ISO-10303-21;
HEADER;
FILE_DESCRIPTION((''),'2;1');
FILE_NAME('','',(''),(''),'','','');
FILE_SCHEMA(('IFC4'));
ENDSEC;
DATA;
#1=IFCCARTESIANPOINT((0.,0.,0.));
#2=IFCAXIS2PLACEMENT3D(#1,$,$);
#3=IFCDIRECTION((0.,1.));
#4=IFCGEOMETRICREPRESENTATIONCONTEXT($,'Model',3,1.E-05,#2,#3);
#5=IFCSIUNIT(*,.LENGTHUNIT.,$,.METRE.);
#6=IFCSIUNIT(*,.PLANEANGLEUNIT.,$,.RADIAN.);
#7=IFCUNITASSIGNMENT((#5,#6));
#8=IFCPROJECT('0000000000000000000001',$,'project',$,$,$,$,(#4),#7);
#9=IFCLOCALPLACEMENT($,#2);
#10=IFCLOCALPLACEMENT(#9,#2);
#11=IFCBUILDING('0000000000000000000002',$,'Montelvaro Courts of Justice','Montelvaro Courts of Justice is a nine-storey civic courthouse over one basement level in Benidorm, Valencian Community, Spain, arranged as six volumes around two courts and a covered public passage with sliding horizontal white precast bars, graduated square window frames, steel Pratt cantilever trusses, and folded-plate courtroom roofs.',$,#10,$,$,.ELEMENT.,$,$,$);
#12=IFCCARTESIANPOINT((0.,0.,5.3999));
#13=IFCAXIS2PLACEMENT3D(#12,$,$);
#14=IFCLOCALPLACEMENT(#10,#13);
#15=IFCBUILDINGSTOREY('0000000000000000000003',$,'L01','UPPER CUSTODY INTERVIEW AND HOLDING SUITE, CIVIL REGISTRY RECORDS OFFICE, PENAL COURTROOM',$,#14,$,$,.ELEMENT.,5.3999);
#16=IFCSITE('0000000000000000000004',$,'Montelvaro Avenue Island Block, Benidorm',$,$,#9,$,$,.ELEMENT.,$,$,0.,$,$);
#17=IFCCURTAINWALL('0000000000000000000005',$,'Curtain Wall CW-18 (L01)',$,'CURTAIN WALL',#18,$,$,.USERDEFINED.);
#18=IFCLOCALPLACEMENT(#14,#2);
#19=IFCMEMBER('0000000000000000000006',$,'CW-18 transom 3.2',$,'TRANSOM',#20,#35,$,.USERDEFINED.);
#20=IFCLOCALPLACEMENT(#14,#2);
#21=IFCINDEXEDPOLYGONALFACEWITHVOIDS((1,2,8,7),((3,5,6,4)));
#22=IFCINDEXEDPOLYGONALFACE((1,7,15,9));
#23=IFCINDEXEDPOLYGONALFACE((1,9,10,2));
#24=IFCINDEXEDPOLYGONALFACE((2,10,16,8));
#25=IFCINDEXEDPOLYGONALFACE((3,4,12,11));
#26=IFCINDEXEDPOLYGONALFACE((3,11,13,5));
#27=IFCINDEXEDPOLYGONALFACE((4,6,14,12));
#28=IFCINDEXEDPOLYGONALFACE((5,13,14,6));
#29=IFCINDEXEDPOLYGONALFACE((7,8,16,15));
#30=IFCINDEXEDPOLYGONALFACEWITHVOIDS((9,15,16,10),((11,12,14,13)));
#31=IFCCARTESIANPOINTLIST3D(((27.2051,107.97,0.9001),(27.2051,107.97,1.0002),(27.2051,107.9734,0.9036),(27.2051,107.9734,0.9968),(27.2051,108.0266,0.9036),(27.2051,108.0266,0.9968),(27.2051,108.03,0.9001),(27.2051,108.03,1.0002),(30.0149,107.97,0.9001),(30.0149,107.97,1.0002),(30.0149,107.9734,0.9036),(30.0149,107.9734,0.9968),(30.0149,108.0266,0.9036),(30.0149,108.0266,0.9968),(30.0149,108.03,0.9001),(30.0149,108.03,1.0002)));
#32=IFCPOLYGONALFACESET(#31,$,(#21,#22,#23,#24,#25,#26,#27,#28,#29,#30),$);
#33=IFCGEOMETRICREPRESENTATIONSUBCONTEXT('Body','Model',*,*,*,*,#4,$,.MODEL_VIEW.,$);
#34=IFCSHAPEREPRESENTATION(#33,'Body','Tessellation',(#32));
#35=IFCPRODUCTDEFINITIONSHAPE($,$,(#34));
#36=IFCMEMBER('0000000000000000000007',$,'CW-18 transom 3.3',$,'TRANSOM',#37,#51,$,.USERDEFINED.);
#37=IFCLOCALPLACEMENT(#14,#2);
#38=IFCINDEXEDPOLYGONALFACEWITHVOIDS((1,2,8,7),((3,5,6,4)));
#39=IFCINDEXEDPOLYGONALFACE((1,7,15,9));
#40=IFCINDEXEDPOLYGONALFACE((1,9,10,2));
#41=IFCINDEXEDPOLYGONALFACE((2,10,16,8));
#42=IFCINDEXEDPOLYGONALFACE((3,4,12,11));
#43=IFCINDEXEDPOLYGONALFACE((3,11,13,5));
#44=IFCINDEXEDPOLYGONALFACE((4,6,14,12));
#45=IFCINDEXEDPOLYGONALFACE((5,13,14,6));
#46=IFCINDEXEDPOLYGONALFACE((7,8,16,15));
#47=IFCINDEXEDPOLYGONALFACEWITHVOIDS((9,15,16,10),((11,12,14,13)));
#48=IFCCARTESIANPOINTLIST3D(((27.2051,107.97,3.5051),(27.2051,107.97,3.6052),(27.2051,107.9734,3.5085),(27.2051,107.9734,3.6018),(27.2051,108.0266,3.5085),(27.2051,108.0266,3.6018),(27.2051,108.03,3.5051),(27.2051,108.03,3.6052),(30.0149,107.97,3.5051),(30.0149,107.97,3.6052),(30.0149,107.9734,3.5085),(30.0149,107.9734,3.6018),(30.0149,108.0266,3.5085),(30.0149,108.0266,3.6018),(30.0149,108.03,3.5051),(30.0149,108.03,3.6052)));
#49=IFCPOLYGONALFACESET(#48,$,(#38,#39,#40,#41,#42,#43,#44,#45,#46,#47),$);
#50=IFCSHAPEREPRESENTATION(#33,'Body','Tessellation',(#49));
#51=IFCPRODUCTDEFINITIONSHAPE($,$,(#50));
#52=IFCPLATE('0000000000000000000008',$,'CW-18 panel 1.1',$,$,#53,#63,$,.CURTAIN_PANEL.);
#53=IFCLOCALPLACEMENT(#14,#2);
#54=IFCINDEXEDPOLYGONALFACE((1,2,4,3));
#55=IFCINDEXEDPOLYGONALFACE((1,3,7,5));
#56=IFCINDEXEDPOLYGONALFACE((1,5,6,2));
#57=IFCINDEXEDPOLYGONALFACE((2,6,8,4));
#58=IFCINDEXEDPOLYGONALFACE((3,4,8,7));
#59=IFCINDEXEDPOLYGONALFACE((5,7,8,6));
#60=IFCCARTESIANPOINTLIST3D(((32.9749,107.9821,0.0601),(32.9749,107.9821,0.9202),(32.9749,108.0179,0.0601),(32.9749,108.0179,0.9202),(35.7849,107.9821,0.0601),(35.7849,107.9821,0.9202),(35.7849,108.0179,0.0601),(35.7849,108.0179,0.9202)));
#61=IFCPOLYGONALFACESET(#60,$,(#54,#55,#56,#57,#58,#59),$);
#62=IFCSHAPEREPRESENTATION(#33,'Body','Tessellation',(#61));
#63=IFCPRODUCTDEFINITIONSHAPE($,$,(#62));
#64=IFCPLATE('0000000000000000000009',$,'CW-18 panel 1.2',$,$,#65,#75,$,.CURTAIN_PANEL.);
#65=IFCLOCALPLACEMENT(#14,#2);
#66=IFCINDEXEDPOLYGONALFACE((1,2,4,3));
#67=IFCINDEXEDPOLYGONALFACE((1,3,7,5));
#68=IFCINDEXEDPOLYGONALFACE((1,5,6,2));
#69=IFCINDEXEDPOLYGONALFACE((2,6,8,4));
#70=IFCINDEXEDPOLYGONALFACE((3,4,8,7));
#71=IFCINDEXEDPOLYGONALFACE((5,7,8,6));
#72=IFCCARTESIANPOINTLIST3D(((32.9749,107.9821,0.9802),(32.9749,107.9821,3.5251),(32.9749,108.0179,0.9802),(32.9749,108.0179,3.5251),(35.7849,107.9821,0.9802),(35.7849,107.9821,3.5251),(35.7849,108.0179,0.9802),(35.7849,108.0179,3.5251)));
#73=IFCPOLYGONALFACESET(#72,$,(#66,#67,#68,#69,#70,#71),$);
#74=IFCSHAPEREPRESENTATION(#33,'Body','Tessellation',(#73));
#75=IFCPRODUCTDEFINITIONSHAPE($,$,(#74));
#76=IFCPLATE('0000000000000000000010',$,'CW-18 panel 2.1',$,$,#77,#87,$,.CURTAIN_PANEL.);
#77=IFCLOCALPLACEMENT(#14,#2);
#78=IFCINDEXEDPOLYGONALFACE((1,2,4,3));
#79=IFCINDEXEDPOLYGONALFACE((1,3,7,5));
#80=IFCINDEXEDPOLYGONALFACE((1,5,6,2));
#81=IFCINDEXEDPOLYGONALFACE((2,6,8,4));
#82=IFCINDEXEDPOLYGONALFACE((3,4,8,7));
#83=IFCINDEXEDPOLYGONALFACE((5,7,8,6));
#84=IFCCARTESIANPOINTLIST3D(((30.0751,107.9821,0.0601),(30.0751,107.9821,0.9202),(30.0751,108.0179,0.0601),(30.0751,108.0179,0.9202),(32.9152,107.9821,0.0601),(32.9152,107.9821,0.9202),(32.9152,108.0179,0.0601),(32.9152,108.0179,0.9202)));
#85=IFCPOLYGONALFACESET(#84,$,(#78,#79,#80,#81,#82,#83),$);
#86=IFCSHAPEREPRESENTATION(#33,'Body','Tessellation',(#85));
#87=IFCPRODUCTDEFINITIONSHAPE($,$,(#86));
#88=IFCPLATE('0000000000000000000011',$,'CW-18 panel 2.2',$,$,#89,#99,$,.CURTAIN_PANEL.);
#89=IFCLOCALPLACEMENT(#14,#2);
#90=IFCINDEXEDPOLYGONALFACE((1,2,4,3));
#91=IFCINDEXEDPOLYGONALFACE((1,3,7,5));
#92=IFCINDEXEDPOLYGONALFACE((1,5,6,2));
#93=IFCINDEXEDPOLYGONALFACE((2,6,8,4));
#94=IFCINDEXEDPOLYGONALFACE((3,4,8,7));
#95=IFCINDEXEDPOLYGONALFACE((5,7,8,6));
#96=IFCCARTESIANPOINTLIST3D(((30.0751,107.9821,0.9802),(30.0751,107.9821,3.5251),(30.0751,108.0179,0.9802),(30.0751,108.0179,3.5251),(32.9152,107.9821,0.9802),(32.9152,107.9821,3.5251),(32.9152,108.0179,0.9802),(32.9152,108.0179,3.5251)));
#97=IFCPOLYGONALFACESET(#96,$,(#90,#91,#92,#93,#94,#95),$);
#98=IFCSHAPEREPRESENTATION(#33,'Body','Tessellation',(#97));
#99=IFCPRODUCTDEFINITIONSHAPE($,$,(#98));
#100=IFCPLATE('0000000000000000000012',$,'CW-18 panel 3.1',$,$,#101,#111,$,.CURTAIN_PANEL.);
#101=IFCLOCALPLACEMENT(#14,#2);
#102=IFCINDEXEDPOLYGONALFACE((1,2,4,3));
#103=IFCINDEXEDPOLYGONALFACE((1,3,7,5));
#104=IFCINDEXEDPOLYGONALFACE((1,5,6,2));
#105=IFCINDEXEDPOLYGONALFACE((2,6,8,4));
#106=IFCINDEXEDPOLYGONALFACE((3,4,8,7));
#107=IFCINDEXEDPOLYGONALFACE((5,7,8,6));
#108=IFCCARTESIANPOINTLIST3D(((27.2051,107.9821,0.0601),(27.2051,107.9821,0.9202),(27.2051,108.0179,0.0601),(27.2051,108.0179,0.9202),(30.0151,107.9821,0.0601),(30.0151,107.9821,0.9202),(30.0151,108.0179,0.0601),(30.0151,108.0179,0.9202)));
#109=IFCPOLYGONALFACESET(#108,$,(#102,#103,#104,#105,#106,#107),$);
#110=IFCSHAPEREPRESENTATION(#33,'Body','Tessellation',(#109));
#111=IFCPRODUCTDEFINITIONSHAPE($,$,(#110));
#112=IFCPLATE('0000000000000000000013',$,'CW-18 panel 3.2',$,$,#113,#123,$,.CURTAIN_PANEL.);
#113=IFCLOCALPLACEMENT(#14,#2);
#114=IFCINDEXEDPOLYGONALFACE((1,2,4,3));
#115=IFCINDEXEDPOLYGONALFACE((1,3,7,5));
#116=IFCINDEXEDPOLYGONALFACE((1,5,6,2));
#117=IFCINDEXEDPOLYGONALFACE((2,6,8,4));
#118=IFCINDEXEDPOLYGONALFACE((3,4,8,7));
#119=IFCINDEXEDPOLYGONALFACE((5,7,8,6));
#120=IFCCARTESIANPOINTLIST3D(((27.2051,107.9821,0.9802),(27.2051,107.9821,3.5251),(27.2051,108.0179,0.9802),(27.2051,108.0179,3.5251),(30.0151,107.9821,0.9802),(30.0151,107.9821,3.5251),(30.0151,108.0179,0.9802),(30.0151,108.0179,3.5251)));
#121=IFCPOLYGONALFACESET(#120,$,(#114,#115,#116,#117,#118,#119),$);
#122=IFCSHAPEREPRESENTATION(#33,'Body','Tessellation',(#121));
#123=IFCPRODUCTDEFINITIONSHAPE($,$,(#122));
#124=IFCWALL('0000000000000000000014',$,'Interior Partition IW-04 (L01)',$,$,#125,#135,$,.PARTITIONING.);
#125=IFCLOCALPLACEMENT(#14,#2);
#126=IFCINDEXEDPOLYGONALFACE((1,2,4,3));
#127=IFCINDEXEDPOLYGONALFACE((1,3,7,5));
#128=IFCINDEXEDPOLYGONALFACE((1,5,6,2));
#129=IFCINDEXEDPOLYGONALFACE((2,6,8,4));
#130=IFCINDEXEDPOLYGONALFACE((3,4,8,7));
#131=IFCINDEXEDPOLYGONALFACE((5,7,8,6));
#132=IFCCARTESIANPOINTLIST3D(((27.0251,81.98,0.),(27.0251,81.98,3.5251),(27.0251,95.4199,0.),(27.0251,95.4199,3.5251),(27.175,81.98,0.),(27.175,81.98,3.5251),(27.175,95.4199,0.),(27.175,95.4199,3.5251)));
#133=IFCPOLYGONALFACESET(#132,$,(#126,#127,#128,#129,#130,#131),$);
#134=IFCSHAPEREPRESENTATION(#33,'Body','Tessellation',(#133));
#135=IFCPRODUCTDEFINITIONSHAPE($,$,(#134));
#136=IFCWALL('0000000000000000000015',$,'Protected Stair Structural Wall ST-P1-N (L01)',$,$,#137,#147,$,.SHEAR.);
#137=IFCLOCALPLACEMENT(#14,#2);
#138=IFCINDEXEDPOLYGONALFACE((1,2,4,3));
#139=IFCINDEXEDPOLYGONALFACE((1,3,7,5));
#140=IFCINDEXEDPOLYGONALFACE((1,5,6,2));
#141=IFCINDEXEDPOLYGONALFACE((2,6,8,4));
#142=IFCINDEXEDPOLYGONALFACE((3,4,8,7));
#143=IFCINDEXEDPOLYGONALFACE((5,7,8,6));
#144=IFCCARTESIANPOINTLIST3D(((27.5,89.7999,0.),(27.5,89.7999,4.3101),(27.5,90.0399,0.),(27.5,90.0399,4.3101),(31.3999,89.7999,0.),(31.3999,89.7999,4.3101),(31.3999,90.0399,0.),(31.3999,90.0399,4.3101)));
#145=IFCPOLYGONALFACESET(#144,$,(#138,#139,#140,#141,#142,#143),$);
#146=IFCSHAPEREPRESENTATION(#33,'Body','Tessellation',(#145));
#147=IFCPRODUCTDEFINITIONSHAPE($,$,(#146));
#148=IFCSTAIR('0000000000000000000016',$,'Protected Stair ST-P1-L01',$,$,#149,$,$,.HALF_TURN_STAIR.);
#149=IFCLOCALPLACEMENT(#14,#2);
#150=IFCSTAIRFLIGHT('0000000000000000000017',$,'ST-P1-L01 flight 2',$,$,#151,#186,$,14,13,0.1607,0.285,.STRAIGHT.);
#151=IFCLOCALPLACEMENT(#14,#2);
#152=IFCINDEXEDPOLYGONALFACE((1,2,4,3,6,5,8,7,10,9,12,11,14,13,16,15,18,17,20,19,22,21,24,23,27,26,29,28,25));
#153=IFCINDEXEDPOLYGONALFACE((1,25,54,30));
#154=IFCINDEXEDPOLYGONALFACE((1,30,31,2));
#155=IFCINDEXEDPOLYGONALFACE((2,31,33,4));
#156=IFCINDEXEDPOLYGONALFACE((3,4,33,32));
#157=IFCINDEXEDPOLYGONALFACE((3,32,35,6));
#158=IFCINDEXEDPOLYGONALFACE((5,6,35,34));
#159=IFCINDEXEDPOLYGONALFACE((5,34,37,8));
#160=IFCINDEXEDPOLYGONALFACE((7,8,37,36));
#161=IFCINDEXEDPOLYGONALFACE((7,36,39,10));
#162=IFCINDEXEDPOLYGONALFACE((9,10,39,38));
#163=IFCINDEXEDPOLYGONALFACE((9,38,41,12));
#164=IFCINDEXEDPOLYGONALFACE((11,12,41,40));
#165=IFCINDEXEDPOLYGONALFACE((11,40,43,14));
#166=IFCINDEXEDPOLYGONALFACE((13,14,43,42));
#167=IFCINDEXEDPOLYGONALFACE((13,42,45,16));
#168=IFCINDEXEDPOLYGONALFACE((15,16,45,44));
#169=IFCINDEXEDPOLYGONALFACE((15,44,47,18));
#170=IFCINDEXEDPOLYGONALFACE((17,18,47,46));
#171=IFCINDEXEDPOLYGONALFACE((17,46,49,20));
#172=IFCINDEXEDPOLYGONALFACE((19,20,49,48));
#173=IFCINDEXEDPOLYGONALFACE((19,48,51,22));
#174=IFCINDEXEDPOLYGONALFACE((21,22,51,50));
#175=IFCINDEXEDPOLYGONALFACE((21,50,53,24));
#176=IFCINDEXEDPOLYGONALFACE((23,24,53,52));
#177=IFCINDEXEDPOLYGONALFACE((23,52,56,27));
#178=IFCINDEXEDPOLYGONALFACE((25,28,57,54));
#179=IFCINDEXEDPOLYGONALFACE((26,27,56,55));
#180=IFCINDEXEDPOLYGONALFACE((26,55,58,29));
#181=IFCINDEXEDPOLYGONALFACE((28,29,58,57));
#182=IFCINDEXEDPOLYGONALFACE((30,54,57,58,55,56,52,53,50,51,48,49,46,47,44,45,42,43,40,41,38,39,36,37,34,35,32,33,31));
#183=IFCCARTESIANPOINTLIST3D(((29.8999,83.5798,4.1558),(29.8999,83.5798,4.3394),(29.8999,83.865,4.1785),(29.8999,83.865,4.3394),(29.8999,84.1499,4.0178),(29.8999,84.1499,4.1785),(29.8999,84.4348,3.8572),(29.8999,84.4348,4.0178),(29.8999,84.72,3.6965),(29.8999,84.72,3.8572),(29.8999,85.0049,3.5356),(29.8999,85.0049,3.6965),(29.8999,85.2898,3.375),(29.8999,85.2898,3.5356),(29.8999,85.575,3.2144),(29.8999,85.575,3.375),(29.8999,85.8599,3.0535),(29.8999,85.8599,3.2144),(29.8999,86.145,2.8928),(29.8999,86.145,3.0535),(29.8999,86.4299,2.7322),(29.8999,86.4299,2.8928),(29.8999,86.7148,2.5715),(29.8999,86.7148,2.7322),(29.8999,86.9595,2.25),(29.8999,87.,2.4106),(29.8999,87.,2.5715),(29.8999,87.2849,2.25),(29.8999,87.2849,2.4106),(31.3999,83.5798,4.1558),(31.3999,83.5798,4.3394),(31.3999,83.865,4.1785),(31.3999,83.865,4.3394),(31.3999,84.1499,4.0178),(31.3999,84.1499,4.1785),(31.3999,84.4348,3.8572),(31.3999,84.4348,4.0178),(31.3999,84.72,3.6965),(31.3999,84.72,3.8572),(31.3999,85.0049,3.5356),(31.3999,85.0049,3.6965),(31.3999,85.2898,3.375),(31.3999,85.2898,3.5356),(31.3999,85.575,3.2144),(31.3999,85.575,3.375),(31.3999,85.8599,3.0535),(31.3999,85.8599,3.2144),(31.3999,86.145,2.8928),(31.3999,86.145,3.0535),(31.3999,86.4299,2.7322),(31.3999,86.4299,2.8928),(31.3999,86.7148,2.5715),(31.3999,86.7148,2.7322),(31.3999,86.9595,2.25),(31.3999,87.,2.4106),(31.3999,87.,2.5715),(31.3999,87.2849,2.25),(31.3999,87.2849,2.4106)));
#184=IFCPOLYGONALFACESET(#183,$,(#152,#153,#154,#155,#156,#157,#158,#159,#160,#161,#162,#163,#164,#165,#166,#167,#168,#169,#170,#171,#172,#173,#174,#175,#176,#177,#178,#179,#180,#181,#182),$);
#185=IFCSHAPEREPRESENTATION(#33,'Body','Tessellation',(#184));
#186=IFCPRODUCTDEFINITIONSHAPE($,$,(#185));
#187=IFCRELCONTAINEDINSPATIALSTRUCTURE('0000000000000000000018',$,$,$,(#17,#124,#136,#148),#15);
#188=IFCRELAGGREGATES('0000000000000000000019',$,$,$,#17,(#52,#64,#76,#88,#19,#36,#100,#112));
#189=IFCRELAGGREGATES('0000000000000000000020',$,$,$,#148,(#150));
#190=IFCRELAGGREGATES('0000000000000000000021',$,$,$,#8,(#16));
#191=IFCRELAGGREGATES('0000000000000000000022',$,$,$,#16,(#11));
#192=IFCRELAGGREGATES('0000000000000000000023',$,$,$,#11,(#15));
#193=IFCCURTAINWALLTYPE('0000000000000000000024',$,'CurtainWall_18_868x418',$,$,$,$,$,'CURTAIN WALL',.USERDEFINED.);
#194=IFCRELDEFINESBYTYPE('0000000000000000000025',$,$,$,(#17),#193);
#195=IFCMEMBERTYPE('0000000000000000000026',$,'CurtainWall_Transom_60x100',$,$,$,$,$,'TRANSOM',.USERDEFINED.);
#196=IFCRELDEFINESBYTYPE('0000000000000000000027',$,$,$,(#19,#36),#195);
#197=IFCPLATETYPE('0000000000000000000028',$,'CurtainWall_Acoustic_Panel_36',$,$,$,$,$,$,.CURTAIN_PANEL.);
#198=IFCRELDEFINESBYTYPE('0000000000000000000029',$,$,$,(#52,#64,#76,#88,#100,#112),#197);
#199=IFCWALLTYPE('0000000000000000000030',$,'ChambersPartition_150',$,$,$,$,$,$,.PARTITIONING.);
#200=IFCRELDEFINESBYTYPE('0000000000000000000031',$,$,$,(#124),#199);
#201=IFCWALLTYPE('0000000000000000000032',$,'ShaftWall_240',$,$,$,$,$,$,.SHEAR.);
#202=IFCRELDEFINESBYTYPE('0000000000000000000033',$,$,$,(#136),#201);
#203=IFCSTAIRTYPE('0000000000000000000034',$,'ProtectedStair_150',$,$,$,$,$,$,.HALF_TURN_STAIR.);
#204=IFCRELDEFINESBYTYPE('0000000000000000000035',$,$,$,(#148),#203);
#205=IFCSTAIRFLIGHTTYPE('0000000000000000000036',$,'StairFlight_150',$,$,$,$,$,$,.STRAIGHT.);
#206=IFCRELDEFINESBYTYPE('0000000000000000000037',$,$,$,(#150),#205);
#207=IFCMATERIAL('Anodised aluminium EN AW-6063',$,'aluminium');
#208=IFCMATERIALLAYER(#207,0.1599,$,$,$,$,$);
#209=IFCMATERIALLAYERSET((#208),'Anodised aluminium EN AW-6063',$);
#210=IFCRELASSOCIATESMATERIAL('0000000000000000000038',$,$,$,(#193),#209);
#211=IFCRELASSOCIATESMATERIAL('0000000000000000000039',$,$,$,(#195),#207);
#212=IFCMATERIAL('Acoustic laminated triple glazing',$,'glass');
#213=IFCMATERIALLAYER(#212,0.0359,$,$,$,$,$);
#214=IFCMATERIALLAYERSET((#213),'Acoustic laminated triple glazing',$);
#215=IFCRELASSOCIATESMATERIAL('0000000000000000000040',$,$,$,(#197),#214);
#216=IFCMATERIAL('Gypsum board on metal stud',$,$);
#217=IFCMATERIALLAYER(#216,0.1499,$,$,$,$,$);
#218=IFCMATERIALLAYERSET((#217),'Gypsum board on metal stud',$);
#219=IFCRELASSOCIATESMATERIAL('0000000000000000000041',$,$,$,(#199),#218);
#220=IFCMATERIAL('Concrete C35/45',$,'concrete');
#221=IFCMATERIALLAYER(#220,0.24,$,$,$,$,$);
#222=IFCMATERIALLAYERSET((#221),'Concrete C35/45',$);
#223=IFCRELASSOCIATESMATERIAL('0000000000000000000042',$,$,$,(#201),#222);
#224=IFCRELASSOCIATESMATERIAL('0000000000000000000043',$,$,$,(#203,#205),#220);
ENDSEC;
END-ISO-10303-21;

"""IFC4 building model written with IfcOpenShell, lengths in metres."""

from ifc_helpers import new_model, si_unit, direction, frame, frame_2d, origin, origin_2d, place, context, subcontext, project, spatial, polyline, rectangle, hollow_rectangle, outline, extrude, material, layer, layer_set, material_profile, profile_set, type_object, element, aggregate, save


model = new_model("IFC4")

# Units and contexts
model_context = context("Model", 3, precision=1e-05, world=origin(), true_north=direction((0.0, 1.0)))
body_context = subcontext(model_context, "Body", "Model", "MODEL_VIEW")
ifc_project = project(units=[si_unit("LENGTHUNIT", "METRE"), si_unit("PLANEANGLEUNIT", "RADIAN")], contexts=[model_context])

# Site, building, storey
site_placement = place(None, origin())
site = spatial("IfcSite", under=ifc_project, at=site_placement, Name="Montelvaro Avenue Island Block, Benidorm", CompositionType="ELEMENT", RefElevation=0.0)
building_placement = place(site_placement, origin())
building = spatial("IfcBuilding", under=site, at=building_placement, Name="Montelvaro Courts of Justice", Description="Montelvaro Courts of Justice is a nine-storey civic courthouse over one basement level in Benidorm, Valencian Community, Spain, arranged as six volumes around two courts and a covered public passage with sliding horizontal white precast bars, graduated square window frames, steel Pratt cantilever trusses, and folded-plate courtroom roofs.", CompositionType="ELEMENT")
storey_placement = place(building_placement, frame((0.0, 0.0, 5.3999)))
storey = spatial("IfcBuildingStorey", under=building, at=storey_placement, Name="L01", Description="UPPER CUSTODY INTERVIEW AND HOLDING SUITE, CIVIL REGISTRY RECORDS OFFICE, PENAL COURTROOM", CompositionType="ELEMENT", Elevation=5.3999)

# Shared definitions
ifc_material_1 = material(Name="Anodised aluminium EN AW-6063", Category="aluminium")
ifc_layer_1 = layer(ifc_material_1, 0.1599)
ifc_layer_set_1 = layer_set([ifc_layer_1], Name="Anodised aluminium EN AW-6063")
curtain_wall_type = type_object("IfcCurtainWallType", Name="CurtainWall_18_868x418", ElementType="CURTAIN WALL", PredefinedType="USERDEFINED", material=ifc_layer_set_1)

# Curtain wall, members, plates
curtain_wall_1_placement = place(storey_placement, origin())
curtain_wall_1 = element("IfcCurtainWall", 1, at=curtain_wall_1_placement, inside=storey, type_object=curtain_wall_type, Name="Curtain Wall CW-18 (L01)", ObjectType="CURTAIN WALL", PredefinedType="USERDEFINED")
ifc_material_profile_1 = material_profile(ifc_material_1, hollow_rectangle(XDim=0.0601, YDim=0.1001, WallThickness=0.0034, at=origin_2d()), Name="ALU-T 60x100")
ifc_profile_set_1 = profile_set([ifc_material_profile_1], Name="Anodised aluminium EN AW-6063")
member_type_1 = type_object("IfcMemberType", Name="CurtainWall_Transom_60x100", ElementType="TRANSOM", PredefinedType="USERDEFINED", material=ifc_profile_set_1)
member_1_placement = place(storey_placement, frame((30.0149, 108.0, 0.9502), z_axis=(-1.0, 0.0, 0.0), x_axis=(0.0, -1.0, 0.0)))
member_1 = element("IfcMember", 2, at=member_1_placement, type_object=member_type_1, Name="CW-18 transom 3.2", ObjectType="TRANSOM", PredefinedType="USERDEFINED", context=body_context, shape_type="SweptSolid", body=[
    extrude(hollow_rectangle(XDim=0.0601, YDim=0.1001, WallThickness=0.0034, at=origin_2d()), origin(), (0.0, 0.0, 1.0), 2.8098),
])
member_2_placement = place(storey_placement, frame((30.0149, 108.0, 3.5552), z_axis=(-1.0, 0.0, 0.0), x_axis=(0.0, -1.0, 0.0)))
member_2 = element("IfcMember", 3, at=member_2_placement, type_object=member_type_1, Name="CW-18 transom 3.3", ObjectType="TRANSOM", PredefinedType="USERDEFINED", context=body_context, shape_type="SweptSolid", body=[
    extrude(hollow_rectangle(XDim=0.0601, YDim=0.1001, WallThickness=0.0034, at=origin_2d()), origin(), (0.0, 0.0, 1.0), 2.8098),
])
ifc_material_2 = material(Name="Acoustic laminated triple glazing", Category="glass")
ifc_layer_2 = layer(ifc_material_2, 0.0359)
ifc_layer_set_2 = layer_set([ifc_layer_2], Name="Acoustic laminated triple glazing")
plate_type = type_object("IfcPlateType", Name="CurtainWall_Acoustic_Panel_36", PredefinedType="CURTAIN_PANEL", material=ifc_layer_set_2)
plate_1_placement = place(storey_placement, frame((34.3799, 108.0, 0.0601), z_axis=(0.0, 0.0, 1.0), x_axis=(-1.0, 0.0, 0.0)))
plate_1 = element("IfcPlate", 4, at=plate_1_placement, type_object=plate_type, Name="CW-18 panel 1.1", PredefinedType="CURTAIN_PANEL", context=body_context, shape_type="SweptSolid", body=[
    extrude(rectangle(XDim=2.8101, YDim=0.0359, at=origin_2d()), origin(), (0.0, 0.0, 1.0), 0.8601),
])
plate_2_placement = place(storey_placement, frame((34.3799, 108.0, 0.9802), z_axis=(0.0, 0.0, 1.0), x_axis=(-1.0, 0.0, 0.0)))
plate_2 = element("IfcPlate", 5, at=plate_2_placement, type_object=plate_type, Name="CW-18 panel 1.2", PredefinedType="CURTAIN_PANEL", context=body_context, shape_type="SweptSolid", body=[
    extrude(rectangle(XDim=2.8101, YDim=0.0359, at=origin_2d()), origin(), (0.0, 0.0, 1.0), 2.5449),
])
plate_3_placement = place(storey_placement, frame((31.4951, 108.0, 0.0601), z_axis=(0.0, 0.0, 1.0), x_axis=(-1.0, 0.0, 0.0)))
plate_3 = element("IfcPlate", 6, at=plate_3_placement, type_object=plate_type, Name="CW-18 panel 2.1", PredefinedType="CURTAIN_PANEL", context=body_context, shape_type="SweptSolid", body=[
    extrude(rectangle(XDim=2.8401, YDim=0.0359, at=origin_2d()), origin(), (0.0, 0.0, 1.0), 0.8601),
])
plate_4_placement = place(storey_placement, frame((31.4951, 108.0, 0.9802), z_axis=(0.0, 0.0, 1.0), x_axis=(-1.0, 0.0, 0.0)))
plate_4 = element("IfcPlate", 7, at=plate_4_placement, type_object=plate_type, Name="CW-18 panel 2.2", PredefinedType="CURTAIN_PANEL", context=body_context, shape_type="SweptSolid", body=[
    extrude(rectangle(XDim=2.8401, YDim=0.0359, at=origin_2d()), origin(), (0.0, 0.0, 1.0), 2.5449),
])
plate_5_placement = place(storey_placement, frame((28.6101, 108.0, 0.0601), z_axis=(0.0, 0.0, 1.0), x_axis=(-1.0, 0.0, 0.0)))
plate_5 = element("IfcPlate", 8, at=plate_5_placement, type_object=plate_type, Name="CW-18 panel 3.1", PredefinedType="CURTAIN_PANEL", context=body_context, shape_type="SweptSolid", body=[
    extrude(rectangle(XDim=2.8101, YDim=0.0359, at=origin_2d()), origin(), (0.0, 0.0, 1.0), 0.8601),
])
plate_6_placement = place(storey_placement, frame((28.6101, 108.0, 0.9802), z_axis=(0.0, 0.0, 1.0), x_axis=(-1.0, 0.0, 0.0)))
plate_6 = element("IfcPlate", 9, at=plate_6_placement, type_object=plate_type, Name="CW-18 panel 3.2", PredefinedType="CURTAIN_PANEL", context=body_context, shape_type="SweptSolid", body=[
    extrude(rectangle(XDim=2.8101, YDim=0.0359, at=origin_2d()), origin(), (0.0, 0.0, 1.0), 2.5449),
])
aggregate(curtain_wall_1, [plate_1, plate_2, plate_3, plate_4, member_1, member_2, plate_5, plate_6])

# Walls
ifc_material_3 = material(Name="Gypsum board on metal stud")
ifc_layer_3 = layer(ifc_material_3, 0.1499)
ifc_layer_set_3 = layer_set([ifc_layer_3], Name="Gypsum board on metal stud")
wall_type_1 = type_object("IfcWallType", Name="ChambersPartition_150", PredefinedType="PARTITIONING", material=ifc_layer_set_3)
wall_1_placement = place(storey_placement, frame((27.1001, 95.4199, 0.0), z_axis=(0.0, 0.0, 1.0), x_axis=(0.0, -1.0, 0.0)))
element("IfcWall", 10, at=wall_1_placement, inside=storey, type_object=wall_type_1, Name="Interior Partition IW-04 (L01)", PredefinedType="PARTITIONING", context=body_context, shape_type="SweptSolid", body=[
    extrude(rectangle(XDim=13.4399, YDim=0.1499, at=frame_2d((6.72, 0.0))), origin(), (0.0, 0.0, 1.0), 3.5251),
])
ifc_material_4 = material(Name="Concrete C35/45", Category="concrete")
ifc_layer_4 = layer(ifc_material_4, 0.24)
ifc_layer_set_4 = layer_set([ifc_layer_4], Name="Concrete C35/45")
wall_type_2 = type_object("IfcWallType", Name="ShaftWall_240", PredefinedType="SHEAR", material=ifc_layer_set_4)
wall_2_placement = place(storey_placement, frame((27.5, 89.9199, 0.0), z_axis=(0.0, 0.0, 1.0), x_axis=(1.0, 0.0, 0.0)))
element("IfcWall", 11, at=wall_2_placement, inside=storey, type_object=wall_type_2, Name="Protected Stair Structural Wall ST-P1-N (L01)", PredefinedType="SHEAR", context=body_context, shape_type="SweptSolid", body=[
    extrude(rectangle(XDim=3.8999, YDim=0.24, at=frame_2d((1.95, 0.0))), origin(), (0.0, 0.0, 1.0), 4.3101),
])

# Stair, stair flight
stair_type = type_object("IfcStairType", Name="ProtectedStair_150", PredefinedType="HALF_TURN_STAIR", material=ifc_material_4)
stair_placement = place(storey_placement, origin())
stair = element("IfcStair", 12, at=stair_placement, inside=storey, type_object=stair_type, Name="Protected Stair ST-P1-L01", PredefinedType="HALF_TURN_STAIR")
stair_flight_type = type_object("IfcStairFlightType", Name="StairFlight_150", PredefinedType="STRAIGHT", material=ifc_material_4)
stair_flight_placement = place(storey_placement, frame((30.6499, 87.2849, 2.25), z_axis=(0.0, 0.0, 1.0), x_axis=(0.0, -1.0, 0.0)))
stair_flight = element("IfcStairFlight", 13, at=stair_flight_placement, type_object=stair_flight_type, Name="ST-P1-L01 flight 2", NumberOfRisers=14, NumberOfTreads=13, PredefinedType="STRAIGHT", RiserHeight=0.1607, TreadLength=0.285, context=body_context, shape_type="SweptSolid", body=[
    extrude(outline(polyline([(0.0, 0.0), (0.0, 0.1606), (0.2849, 0.1606), (0.2849, 0.3215), (0.5701, 0.3215), (0.5701, 0.4822), (0.855, 0.4822), (0.855, 0.6428), (1.1399, 0.6428), (1.1399, 0.8035), (1.425, 0.8035), (1.425, 0.9644), (1.71, 0.9644), (1.71, 1.125), (1.9951, 1.125), (1.9951, 1.2856), (2.28, 1.2856), (2.28, 1.4465), (2.5649, 1.4465), (2.5649, 1.6072), (2.8501, 1.6072), (2.8501, 1.7678), (3.135, 1.7678), (3.135, 1.9285), (3.4199, 1.9285), (3.4199, 2.0894), (3.7051, 2.0894), (3.7051, 2.25), (3.7051, 1.9058), (0.3254, 0.0), (0.0, 0.0)])), frame((0.0, 0.75, 0.0), z_axis=(0.0, -1.0, 0.0), x_axis=(1.0, 0.0, 0.0)), (0.0, 0.0, 1.0), 1.5),
])
aggregate(stair, [stair_flight])

save(model, "model.ifc")
